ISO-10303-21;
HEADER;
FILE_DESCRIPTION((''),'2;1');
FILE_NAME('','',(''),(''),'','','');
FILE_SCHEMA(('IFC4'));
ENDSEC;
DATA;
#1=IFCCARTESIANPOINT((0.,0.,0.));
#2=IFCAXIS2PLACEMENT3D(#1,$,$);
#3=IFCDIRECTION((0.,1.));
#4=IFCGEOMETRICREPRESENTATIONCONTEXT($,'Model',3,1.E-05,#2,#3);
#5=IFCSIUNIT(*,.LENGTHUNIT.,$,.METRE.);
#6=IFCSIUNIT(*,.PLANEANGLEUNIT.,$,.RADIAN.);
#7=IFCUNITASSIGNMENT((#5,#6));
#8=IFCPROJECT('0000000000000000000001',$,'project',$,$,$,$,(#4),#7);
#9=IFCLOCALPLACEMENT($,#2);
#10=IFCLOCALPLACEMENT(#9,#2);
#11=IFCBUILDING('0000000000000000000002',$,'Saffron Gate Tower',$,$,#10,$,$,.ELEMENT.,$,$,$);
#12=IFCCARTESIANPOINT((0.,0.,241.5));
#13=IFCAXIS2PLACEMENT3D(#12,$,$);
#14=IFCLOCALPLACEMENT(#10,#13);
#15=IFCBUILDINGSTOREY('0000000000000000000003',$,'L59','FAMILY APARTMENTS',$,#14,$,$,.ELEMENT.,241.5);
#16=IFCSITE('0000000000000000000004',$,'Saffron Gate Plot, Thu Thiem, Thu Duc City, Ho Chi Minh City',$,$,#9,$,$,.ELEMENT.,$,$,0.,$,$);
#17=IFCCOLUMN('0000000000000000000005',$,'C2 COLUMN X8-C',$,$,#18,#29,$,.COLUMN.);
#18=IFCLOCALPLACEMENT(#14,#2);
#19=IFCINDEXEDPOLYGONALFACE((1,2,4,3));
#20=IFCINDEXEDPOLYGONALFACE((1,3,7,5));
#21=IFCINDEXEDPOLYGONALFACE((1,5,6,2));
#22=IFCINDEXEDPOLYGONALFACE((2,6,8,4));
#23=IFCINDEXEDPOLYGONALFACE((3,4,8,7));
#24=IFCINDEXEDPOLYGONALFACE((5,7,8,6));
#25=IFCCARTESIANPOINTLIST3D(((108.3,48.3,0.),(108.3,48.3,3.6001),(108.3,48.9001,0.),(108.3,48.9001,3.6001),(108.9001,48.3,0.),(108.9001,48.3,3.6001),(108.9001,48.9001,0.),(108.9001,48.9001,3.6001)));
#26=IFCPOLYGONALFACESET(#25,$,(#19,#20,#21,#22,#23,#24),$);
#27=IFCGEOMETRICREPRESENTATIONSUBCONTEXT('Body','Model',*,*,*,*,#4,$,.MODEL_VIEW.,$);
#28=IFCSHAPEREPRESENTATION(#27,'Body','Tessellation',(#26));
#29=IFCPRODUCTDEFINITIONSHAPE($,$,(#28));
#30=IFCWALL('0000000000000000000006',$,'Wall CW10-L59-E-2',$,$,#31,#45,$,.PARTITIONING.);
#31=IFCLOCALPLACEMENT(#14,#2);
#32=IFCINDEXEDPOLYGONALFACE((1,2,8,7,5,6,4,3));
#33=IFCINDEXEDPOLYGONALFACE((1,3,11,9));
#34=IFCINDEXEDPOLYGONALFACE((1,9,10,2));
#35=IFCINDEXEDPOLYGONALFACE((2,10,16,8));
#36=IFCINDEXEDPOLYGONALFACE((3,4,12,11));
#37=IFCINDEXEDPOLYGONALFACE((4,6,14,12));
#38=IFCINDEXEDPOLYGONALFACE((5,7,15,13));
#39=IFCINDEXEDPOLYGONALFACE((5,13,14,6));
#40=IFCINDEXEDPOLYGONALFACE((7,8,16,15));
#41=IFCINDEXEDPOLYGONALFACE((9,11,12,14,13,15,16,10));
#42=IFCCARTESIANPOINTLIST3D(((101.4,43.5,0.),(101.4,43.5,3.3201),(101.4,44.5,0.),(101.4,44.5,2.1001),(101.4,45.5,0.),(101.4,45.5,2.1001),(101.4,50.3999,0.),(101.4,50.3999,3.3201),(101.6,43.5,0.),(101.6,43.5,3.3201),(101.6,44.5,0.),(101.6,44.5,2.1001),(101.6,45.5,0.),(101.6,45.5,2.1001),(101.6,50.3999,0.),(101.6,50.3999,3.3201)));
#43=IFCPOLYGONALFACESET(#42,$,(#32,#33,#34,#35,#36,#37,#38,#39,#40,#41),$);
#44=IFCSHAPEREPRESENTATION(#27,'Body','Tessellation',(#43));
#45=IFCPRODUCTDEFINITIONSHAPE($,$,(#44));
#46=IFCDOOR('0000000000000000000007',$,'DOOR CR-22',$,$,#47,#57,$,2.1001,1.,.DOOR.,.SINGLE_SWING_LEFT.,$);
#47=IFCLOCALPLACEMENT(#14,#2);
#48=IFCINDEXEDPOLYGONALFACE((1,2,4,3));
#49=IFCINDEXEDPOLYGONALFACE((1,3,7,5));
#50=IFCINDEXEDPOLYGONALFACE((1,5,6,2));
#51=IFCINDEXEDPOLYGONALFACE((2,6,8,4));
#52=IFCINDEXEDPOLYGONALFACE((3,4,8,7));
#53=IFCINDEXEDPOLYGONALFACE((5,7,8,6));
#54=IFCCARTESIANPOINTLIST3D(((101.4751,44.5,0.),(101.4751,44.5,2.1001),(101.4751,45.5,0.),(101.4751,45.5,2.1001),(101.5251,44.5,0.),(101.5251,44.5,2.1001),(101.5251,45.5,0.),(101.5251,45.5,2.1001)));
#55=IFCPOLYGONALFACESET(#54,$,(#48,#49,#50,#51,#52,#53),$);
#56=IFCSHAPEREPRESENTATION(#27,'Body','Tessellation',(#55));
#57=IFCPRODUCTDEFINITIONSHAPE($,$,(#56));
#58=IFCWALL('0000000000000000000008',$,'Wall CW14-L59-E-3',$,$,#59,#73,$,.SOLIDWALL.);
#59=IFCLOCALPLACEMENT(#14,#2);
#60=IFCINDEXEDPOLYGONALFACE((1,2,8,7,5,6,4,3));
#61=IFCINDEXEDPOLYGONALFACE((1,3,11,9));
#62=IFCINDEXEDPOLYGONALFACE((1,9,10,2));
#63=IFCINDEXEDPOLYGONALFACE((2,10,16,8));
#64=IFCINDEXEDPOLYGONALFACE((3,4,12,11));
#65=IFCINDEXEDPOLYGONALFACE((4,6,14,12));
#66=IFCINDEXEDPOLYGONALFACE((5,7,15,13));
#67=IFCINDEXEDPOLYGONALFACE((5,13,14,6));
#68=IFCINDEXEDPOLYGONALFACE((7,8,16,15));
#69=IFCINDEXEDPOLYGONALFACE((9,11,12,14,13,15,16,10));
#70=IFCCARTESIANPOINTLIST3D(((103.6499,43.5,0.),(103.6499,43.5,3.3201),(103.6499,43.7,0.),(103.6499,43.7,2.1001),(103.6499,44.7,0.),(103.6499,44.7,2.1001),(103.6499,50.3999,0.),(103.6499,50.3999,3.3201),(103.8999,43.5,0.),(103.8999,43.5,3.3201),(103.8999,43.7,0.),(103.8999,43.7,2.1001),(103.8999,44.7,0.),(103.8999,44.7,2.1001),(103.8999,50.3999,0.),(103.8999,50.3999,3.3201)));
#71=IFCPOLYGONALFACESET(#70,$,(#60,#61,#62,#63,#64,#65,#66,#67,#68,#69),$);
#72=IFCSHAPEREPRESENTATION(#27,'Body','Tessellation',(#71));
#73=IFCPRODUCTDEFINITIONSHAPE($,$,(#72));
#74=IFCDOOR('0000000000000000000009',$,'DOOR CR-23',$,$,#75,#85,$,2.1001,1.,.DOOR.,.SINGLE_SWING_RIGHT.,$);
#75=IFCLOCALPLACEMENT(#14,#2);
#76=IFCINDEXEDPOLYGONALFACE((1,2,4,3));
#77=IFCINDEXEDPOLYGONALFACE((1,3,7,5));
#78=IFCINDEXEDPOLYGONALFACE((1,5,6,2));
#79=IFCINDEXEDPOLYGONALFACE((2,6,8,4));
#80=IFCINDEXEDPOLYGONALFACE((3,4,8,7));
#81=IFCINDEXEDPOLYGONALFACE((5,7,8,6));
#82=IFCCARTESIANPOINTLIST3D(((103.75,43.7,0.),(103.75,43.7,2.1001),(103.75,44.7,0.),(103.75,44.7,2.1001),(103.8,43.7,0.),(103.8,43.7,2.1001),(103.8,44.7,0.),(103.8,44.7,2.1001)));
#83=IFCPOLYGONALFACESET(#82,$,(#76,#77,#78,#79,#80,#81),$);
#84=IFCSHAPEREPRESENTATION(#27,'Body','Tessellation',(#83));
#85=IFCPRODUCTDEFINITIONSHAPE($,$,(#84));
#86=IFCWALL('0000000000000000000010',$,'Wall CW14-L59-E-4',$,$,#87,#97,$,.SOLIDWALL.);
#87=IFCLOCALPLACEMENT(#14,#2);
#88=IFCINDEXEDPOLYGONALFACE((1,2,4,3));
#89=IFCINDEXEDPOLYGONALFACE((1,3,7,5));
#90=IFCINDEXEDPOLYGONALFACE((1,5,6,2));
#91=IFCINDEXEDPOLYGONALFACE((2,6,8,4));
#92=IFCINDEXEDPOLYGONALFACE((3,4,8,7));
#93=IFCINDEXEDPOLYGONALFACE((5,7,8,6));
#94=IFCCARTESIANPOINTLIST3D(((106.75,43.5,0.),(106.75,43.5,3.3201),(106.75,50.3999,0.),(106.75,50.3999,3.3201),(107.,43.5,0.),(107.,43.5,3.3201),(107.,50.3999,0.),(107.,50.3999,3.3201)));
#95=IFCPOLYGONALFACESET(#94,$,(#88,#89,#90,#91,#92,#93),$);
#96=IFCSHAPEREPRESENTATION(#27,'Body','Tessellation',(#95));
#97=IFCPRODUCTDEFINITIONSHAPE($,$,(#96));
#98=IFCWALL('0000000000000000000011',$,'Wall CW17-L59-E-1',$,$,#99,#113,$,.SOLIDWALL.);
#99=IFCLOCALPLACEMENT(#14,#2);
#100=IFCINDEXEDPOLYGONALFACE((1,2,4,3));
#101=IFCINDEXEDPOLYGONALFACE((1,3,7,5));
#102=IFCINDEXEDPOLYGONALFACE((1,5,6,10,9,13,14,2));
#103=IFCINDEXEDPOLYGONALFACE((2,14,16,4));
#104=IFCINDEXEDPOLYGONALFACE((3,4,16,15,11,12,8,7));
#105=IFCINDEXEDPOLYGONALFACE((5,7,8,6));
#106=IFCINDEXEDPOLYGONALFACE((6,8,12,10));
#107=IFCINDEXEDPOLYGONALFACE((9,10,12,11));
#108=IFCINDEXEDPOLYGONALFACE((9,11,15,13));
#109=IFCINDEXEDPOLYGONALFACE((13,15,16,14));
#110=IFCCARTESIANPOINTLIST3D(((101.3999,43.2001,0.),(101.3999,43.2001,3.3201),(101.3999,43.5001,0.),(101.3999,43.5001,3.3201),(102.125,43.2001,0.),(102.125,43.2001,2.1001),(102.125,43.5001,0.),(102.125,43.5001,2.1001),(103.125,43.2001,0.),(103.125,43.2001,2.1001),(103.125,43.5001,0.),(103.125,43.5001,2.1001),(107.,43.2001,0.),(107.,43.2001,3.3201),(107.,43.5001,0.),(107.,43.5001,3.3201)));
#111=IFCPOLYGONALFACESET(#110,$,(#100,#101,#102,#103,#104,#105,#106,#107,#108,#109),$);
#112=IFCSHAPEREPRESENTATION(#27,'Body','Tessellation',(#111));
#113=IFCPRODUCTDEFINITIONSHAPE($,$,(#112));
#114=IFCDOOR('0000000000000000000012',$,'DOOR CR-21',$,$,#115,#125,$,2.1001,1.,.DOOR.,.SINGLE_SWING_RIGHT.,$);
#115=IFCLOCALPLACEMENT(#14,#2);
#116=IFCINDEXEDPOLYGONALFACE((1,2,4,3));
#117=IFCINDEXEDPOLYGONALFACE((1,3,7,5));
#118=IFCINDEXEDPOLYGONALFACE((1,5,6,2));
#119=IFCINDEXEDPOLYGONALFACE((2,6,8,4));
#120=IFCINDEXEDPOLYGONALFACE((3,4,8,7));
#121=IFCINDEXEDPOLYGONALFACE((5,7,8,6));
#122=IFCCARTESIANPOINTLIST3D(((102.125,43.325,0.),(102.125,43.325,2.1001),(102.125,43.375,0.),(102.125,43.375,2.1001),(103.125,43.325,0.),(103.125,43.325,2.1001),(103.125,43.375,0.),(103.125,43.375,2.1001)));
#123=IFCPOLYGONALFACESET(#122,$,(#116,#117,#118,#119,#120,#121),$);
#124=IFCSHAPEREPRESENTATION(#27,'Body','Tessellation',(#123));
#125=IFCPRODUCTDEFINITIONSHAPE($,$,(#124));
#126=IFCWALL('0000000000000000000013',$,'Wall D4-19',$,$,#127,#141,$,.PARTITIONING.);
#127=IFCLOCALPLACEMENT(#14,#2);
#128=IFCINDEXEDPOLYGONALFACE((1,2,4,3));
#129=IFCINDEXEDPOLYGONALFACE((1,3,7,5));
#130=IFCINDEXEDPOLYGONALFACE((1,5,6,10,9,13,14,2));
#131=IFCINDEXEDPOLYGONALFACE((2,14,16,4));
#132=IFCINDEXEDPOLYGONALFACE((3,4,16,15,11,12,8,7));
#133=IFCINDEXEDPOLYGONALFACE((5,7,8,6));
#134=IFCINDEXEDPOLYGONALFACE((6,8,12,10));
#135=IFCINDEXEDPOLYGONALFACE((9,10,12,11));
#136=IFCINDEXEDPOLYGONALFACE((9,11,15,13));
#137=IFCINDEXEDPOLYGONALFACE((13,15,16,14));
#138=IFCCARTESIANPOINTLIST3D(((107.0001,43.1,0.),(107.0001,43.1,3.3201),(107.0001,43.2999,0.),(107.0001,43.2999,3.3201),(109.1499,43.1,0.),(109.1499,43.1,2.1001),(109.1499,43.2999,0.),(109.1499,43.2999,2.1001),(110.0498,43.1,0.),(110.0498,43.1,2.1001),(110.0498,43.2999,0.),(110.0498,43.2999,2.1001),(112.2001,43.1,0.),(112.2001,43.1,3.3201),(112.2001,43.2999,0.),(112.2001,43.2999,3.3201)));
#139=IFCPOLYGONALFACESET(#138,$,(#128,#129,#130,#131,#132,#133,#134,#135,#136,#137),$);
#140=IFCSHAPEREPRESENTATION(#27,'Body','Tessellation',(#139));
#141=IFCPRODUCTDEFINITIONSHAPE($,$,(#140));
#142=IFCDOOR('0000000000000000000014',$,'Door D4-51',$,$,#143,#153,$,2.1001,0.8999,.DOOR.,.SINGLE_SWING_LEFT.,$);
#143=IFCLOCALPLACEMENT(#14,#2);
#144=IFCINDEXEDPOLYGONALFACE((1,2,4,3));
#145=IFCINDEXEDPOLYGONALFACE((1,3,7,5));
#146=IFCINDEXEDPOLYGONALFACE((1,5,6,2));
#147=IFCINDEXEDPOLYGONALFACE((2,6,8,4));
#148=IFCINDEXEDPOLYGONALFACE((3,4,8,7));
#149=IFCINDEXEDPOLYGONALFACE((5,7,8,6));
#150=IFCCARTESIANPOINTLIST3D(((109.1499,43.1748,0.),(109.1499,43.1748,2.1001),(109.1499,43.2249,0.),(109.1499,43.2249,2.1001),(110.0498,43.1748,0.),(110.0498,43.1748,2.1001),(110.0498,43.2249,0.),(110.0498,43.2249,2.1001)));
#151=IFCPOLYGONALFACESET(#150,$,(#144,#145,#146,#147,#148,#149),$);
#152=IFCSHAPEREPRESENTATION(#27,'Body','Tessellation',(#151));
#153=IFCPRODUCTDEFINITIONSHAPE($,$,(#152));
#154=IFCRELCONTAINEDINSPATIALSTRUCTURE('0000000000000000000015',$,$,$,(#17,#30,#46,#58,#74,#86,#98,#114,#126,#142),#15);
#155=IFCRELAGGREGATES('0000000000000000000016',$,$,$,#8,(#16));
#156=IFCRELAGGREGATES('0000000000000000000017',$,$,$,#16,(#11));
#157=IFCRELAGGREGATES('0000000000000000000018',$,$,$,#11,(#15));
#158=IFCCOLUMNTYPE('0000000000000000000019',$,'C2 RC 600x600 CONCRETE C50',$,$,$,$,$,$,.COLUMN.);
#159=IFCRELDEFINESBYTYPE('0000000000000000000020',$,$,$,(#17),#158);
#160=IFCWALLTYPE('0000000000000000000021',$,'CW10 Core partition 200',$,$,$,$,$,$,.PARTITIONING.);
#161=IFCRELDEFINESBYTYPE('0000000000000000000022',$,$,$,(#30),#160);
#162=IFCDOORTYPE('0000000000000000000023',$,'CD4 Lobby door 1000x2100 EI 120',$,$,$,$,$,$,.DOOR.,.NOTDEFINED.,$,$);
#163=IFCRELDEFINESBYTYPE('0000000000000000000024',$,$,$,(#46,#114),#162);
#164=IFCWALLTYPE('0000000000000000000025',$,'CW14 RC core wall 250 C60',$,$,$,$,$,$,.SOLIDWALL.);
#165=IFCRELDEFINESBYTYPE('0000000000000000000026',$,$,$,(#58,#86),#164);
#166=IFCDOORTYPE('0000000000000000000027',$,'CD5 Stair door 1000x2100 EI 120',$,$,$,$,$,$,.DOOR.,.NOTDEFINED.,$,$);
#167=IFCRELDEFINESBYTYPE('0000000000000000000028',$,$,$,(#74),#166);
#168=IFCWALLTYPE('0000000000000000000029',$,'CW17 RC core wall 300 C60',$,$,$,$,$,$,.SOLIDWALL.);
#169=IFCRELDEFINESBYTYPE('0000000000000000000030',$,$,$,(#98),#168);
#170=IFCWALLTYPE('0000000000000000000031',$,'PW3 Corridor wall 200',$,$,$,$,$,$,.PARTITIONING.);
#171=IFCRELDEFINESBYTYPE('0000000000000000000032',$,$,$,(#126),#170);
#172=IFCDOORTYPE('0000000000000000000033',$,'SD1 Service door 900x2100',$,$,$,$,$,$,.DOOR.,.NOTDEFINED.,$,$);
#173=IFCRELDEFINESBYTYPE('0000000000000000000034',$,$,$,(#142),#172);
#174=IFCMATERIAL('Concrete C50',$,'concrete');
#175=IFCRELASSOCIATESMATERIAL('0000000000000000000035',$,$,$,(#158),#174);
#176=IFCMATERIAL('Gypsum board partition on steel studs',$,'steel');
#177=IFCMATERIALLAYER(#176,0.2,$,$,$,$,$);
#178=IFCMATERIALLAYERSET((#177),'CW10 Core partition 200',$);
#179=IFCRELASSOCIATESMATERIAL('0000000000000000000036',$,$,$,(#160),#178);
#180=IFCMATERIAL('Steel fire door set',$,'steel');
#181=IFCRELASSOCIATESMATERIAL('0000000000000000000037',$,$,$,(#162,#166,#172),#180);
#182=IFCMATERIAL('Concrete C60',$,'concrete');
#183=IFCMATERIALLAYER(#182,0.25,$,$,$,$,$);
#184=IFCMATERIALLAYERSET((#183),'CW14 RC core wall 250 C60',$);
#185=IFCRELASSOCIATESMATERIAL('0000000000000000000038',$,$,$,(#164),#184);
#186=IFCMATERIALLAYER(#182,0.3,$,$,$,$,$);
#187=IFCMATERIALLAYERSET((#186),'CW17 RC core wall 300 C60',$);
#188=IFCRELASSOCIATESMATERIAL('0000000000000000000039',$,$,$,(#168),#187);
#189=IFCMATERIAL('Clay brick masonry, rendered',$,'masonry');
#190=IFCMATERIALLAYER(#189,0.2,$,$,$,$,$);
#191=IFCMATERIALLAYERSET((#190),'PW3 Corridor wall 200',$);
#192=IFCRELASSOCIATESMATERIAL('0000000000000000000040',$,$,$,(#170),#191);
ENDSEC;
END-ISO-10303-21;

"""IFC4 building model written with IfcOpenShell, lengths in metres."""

from ifc_helpers import new_model, si_unit, direction, frame, frame_2d, origin, origin_2d, place, context, subcontext, project, spatial, rectangle, extrude, material, layer, layer_set, material_profile, profile_set, type_object, element, fill, save


model = new_model("IFC4")

# Units and contexts
model_context = context("Model", 3, precision=1e-05, world=origin(), true_north=direction((0.0, 1.0)))
body_context = subcontext(model_context, "Body", "Model", "MODEL_VIEW")
ifc_project = project(units=[si_unit("LENGTHUNIT", "METRE"), si_unit("PLANEANGLEUNIT", "RADIAN")], contexts=[model_context])

# Site, building, storey
site_placement = place(None, origin())
site = spatial("IfcSite", under=ifc_project, at=site_placement, Name="Saffron Gate Plot, Thu Thiem, Thu Duc City, Ho Chi Minh City", CompositionType="ELEMENT", RefElevation=0.0)
building_placement = place(site_placement, origin())
building = spatial("IfcBuilding", under=site, at=building_placement, Name="Saffron Gate Tower", CompositionType="ELEMENT")
storey_placement = place(building_placement, frame((0.0, 0.0, 241.5)))
storey = spatial("IfcBuildingStorey", under=building, at=storey_placement, Name="L59", Description="FAMILY APARTMENTS", CompositionType="ELEMENT", Elevation=241.5)

# Column
ifc_material_1 = material(Name="Concrete C50", Category="concrete")
ifc_material_profile = material_profile(ifc_material_1, rectangle(XDim=0.6001, YDim=0.6001, at=origin_2d()))
ifc_profile_set = profile_set([ifc_material_profile], Name="Concrete C50")
column_type = type_object("IfcColumnType", Name="C2 RC 600x600 CONCRETE C50", PredefinedType="COLUMN", material=ifc_profile_set)
column_placement = place(storey_placement, frame((108.6001, 48.6001, 0.0), z_axis=(0.0, 0.0, 1.0), x_axis=(1.0, 0.0, 0.0)))
element("IfcColumn", 1, at=column_placement, inside=storey, type_object=column_type, Name="C2 COLUMN X8-C", PredefinedType="COLUMN", context=body_context, shape_type="SweptSolid", body=[
    extrude(rectangle(XDim=0.6001, YDim=0.6001, at=origin_2d()), origin(), (0.0, 0.0, 1.0), 3.6001),
])

# Walls, openings, doors
ifc_material_2 = material(Name="Gypsum board partition on steel studs", Category="steel")
ifc_layer_1 = layer(ifc_material_2, 0.2)
ifc_layer_set_1 = layer_set([ifc_layer_1], Name="CW10 Core partition 200")
wall_type_1 = type_object("IfcWallType", Name="CW10 Core partition 200", PredefinedType="PARTITIONING", material=ifc_layer_set_1)
wall_1_placement = place(storey_placement, frame((101.5, 43.5, 0.0), z_axis=(0.0, 0.0, 1.0), x_axis=(0.0, 1.0, 0.0)))
wall_1 = element("IfcWall", 2, at=wall_1_placement, inside=storey, type_object=wall_type_1, Name="Wall CW10-L59-E-2", PredefinedType="PARTITIONING", context=body_context, shape_type="SweptSolid", body=[
    extrude(rectangle(XDim=6.8999, YDim=0.2, at=frame_2d((3.45, 0.0))), origin(), (0.0, 0.0, 1.0), 3.3201),
])
opening_1_placement = place(wall_1_placement, frame((1.0, 0.0, 0.0)))
opening_1 = element("IfcOpeningElement", 3, at=opening_1_placement, cuts=wall_1, PredefinedType="OPENING", context=body_context, shape_type="SweptSolid", body=[
    extrude(rectangle(XDim=1.0, YDim=2.1001, at=frame_2d((0.5, 1.05))), frame((0.0, 0.1099, 0.0), z_axis=(0.0, -1.0, 0.0), x_axis=(1.0, 0.0, 0.0)), (0.0, 0.0, 1.0), 0.22),
])
ifc_material_3 = material(Name="Steel fire door set", Category="steel")
door_type_1 = type_object("IfcDoorType", Name="CD4 Lobby door 1000x2100 EI 120", OperationType="NOTDEFINED", PredefinedType="DOOR", material=ifc_material_3)
door_1_placement = place(opening_1_placement, origin())
door_1 = element("IfcDoor", 4, at=door_1_placement, inside=storey, type_object=door_type_1, Name="DOOR CR-22", OperationType="SINGLE_SWING_LEFT", OverallHeight=2.1001, OverallWidth=1.0, PredefinedType="DOOR", context=body_context, shape_type="SweptSolid", body=[
    extrude(rectangle(XDim=1.0, YDim=2.1001, at=frame_2d((0.5, 1.05))), frame((0.0, 0.0249, 0.0), z_axis=(0.0, -1.0, 0.0), x_axis=(1.0, 0.0, 0.0)), (0.0, 0.0, 1.0), 0.05),
])
fill(opening_1, door_1)
ifc_material_4 = material(Name="Concrete C60", Category="concrete")
ifc_layer_2 = layer(ifc_material_4, 0.25)
ifc_layer_set_2 = layer_set([ifc_layer_2], Name="CW14 RC core wall 250 C60")
wall_type_2 = type_object("IfcWallType", Name="CW14 RC core wall 250 C60", PredefinedType="SOLIDWALL", material=ifc_layer_set_2)
wall_2_placement = place(storey_placement, frame((103.7749, 43.5, 0.0), z_axis=(0.0, 0.0, 1.0), x_axis=(0.0, 1.0, 0.0)))
wall_2 = element("IfcWall", 5, at=wall_2_placement, inside=storey, type_object=wall_type_2, Name="Wall CW14-L59-E-3", PredefinedType="SOLIDWALL", context=body_context, shape_type="SweptSolid", body=[
    extrude(rectangle(XDim=6.8999, YDim=0.25, at=frame_2d((3.45, 0.0))), origin(), (0.0, 0.0, 1.0), 3.3201),
])
opening_2_placement = place(wall_2_placement, frame((0.2, 0.0, 0.0)))
opening_2 = element("IfcOpeningElement", 6, at=opening_2_placement, cuts=wall_2, PredefinedType="OPENING", context=body_context, shape_type="SweptSolid", body=[
    extrude(rectangle(XDim=1.0, YDim=2.1001, at=frame_2d((0.5, 1.05))), frame((0.0, 0.135, 0.0), z_axis=(0.0, -1.0, 0.0), x_axis=(1.0, 0.0, 0.0)), (0.0, 0.0, 1.0), 0.27),
])
door_type_2 = type_object("IfcDoorType", Name="CD5 Stair door 1000x2100 EI 120", OperationType="NOTDEFINED", PredefinedType="DOOR", material=ifc_material_3)
door_2_placement = place(opening_2_placement, origin())
door_2 = element("IfcDoor", 7, at=door_2_placement, inside=storey, type_object=door_type_2, Name="DOOR CR-23", OperationType="SINGLE_SWING_RIGHT", OverallHeight=2.1001, OverallWidth=1.0, PredefinedType="DOOR", context=body_context, shape_type="SweptSolid", body=[
    extrude(rectangle(XDim=1.0, YDim=2.1001, at=frame_2d((0.5, 1.05))), frame((0.0, 0.0249, 0.0), z_axis=(0.0, -1.0, 0.0), x_axis=(1.0, 0.0, 0.0)), (0.0, 0.0, 1.0), 0.05),
])
fill(opening_2, door_2)

# Wall
wall_3_placement = place(storey_placement, frame((106.875, 43.5, 0.0), z_axis=(0.0, 0.0, 1.0), x_axis=(0.0, 1.0, 0.0)))
element("IfcWall", 8, at=wall_3_placement, inside=storey, type_object=wall_type_2, Name="Wall CW14-L59-E-4", PredefinedType="SOLIDWALL", context=body_context, shape_type="SweptSolid", body=[
    extrude(rectangle(XDim=6.8999, YDim=0.25, at=frame_2d((3.45, 0.0))), origin(), (0.0, 0.0, 1.0), 3.3201),
])

# Walls, openings, doors
ifc_layer_3 = layer(ifc_material_4, 0.3)
ifc_layer_set_3 = layer_set([ifc_layer_3], Name="CW17 RC core wall 300 C60")
wall_type_3 = type_object("IfcWallType", Name="CW17 RC core wall 300 C60", PredefinedType="SOLIDWALL", material=ifc_layer_set_3)
wall_4_placement = place(storey_placement, frame((101.3999, 43.3501, 0.0), z_axis=(0.0, 0.0, 1.0), x_axis=(1.0, 0.0, 0.0)))
wall_4 = element("IfcWall", 9, at=wall_4_placement, inside=storey, type_object=wall_type_3, Name="Wall CW17-L59-E-1", PredefinedType="SOLIDWALL", context=body_context, shape_type="SweptSolid", body=[
    extrude(rectangle(XDim=5.6001, YDim=0.3, at=frame_2d((2.8, 0.0))), origin(), (0.0, 0.0, 1.0), 3.3201),
])
opening_3_placement = place(wall_4_placement, frame((0.7251, 0.0, 0.0)))
opening_3 = element("IfcOpeningElement", 10, at=opening_3_placement, cuts=wall_4, PredefinedType="OPENING", context=body_context, shape_type="SweptSolid", body=[
    extrude(rectangle(XDim=1.0, YDim=2.1001, at=frame_2d((0.5, 1.05))), frame((0.0, 0.1602, 0.0), z_axis=(0.0, -1.0, 0.0), x_axis=(1.0, 0.0, 0.0)), (0.0, 0.0, 1.0), 0.3201),
])
door_3_placement = place(opening_3_placement, origin())
door_3 = element("IfcDoor", 11, at=door_3_placement, inside=storey, type_object=door_type_1, Name="DOOR CR-21", OperationType="SINGLE_SWING_RIGHT", OverallHeight=2.1001, OverallWidth=1.0, PredefinedType="DOOR", context=body_context, shape_type="SweptSolid", body=[
    extrude(rectangle(XDim=1.0, YDim=2.1001, at=frame_2d((0.5, 1.05))), frame((0.0, 0.0249, 0.0), z_axis=(0.0, -1.0, 0.0), x_axis=(1.0, 0.0, 0.0)), (0.0, 0.0, 1.0), 0.05),
])
fill(opening_3, door_3)
ifc_material_5 = material(Name="Clay brick masonry, rendered", Category="masonry")
ifc_layer_4 = layer(ifc_material_5, 0.2)
ifc_layer_set_4 = layer_set([ifc_layer_4], Name="PW3 Corridor wall 200")
wall_type_4 = type_object("IfcWallType", Name="PW3 Corridor wall 200", PredefinedType="PARTITIONING", material=ifc_layer_set_4)
wall_5_placement = place(storey_placement, frame((107.0, 43.2, 0.0), z_axis=(0.0, 0.0, 1.0), x_axis=(1.0, 0.0, 0.0)))
wall_5 = element("IfcWall", 12, at=wall_5_placement, inside=storey, type_object=wall_type_4, Name="Wall D4-19", PredefinedType="PARTITIONING", context=body_context, shape_type="SweptSolid", body=[
    extrude(rectangle(XDim=5.2, YDim=0.2, at=frame_2d((2.6001, 0.0))), origin(), (0.0, 0.0, 1.0), 3.3201),
])
opening_4_placement = place(wall_5_placement, frame((2.1499, 0.0, 0.0)))
opening_4 = element("IfcOpeningElement", 13, at=opening_4_placement, cuts=wall_5, PredefinedType="OPENING", context=body_context, shape_type="SweptSolid", body=[
    extrude(rectangle(XDim=0.8999, YDim=2.1001, at=frame_2d((0.45, 1.05))), frame((0.0, 0.1099, 0.0), z_axis=(0.0, -1.0, 0.0), x_axis=(1.0, 0.0, 0.0)), (0.0, 0.0, 1.0), 0.22),
])
door_type_3 = type_object("IfcDoorType", Name="SD1 Service door 900x2100", OperationType="NOTDEFINED", PredefinedType="DOOR", material=ifc_material_3)
door_4_placement = place(opening_4_placement, origin())
door_4 = element("IfcDoor", 14, at=door_4_placement, inside=storey, type_object=door_type_3, Name="Door D4-51", OperationType="SINGLE_SWING_LEFT", OverallHeight=2.1001, OverallWidth=0.8999, PredefinedType="DOOR", context=body_context, shape_type="SweptSolid", body=[
    extrude(rectangle(XDim=0.8999, YDim=2.1001, at=frame_2d((0.45, 1.05))), frame((0.0, 0.0249, 0.0), z_axis=(0.0, -1.0, 0.0), x_axis=(1.0, 0.0, 0.0)), (0.0, 0.0, 1.0), 0.05),
])
fill(opening_4, door_4)

save(model, "model.ifc")
